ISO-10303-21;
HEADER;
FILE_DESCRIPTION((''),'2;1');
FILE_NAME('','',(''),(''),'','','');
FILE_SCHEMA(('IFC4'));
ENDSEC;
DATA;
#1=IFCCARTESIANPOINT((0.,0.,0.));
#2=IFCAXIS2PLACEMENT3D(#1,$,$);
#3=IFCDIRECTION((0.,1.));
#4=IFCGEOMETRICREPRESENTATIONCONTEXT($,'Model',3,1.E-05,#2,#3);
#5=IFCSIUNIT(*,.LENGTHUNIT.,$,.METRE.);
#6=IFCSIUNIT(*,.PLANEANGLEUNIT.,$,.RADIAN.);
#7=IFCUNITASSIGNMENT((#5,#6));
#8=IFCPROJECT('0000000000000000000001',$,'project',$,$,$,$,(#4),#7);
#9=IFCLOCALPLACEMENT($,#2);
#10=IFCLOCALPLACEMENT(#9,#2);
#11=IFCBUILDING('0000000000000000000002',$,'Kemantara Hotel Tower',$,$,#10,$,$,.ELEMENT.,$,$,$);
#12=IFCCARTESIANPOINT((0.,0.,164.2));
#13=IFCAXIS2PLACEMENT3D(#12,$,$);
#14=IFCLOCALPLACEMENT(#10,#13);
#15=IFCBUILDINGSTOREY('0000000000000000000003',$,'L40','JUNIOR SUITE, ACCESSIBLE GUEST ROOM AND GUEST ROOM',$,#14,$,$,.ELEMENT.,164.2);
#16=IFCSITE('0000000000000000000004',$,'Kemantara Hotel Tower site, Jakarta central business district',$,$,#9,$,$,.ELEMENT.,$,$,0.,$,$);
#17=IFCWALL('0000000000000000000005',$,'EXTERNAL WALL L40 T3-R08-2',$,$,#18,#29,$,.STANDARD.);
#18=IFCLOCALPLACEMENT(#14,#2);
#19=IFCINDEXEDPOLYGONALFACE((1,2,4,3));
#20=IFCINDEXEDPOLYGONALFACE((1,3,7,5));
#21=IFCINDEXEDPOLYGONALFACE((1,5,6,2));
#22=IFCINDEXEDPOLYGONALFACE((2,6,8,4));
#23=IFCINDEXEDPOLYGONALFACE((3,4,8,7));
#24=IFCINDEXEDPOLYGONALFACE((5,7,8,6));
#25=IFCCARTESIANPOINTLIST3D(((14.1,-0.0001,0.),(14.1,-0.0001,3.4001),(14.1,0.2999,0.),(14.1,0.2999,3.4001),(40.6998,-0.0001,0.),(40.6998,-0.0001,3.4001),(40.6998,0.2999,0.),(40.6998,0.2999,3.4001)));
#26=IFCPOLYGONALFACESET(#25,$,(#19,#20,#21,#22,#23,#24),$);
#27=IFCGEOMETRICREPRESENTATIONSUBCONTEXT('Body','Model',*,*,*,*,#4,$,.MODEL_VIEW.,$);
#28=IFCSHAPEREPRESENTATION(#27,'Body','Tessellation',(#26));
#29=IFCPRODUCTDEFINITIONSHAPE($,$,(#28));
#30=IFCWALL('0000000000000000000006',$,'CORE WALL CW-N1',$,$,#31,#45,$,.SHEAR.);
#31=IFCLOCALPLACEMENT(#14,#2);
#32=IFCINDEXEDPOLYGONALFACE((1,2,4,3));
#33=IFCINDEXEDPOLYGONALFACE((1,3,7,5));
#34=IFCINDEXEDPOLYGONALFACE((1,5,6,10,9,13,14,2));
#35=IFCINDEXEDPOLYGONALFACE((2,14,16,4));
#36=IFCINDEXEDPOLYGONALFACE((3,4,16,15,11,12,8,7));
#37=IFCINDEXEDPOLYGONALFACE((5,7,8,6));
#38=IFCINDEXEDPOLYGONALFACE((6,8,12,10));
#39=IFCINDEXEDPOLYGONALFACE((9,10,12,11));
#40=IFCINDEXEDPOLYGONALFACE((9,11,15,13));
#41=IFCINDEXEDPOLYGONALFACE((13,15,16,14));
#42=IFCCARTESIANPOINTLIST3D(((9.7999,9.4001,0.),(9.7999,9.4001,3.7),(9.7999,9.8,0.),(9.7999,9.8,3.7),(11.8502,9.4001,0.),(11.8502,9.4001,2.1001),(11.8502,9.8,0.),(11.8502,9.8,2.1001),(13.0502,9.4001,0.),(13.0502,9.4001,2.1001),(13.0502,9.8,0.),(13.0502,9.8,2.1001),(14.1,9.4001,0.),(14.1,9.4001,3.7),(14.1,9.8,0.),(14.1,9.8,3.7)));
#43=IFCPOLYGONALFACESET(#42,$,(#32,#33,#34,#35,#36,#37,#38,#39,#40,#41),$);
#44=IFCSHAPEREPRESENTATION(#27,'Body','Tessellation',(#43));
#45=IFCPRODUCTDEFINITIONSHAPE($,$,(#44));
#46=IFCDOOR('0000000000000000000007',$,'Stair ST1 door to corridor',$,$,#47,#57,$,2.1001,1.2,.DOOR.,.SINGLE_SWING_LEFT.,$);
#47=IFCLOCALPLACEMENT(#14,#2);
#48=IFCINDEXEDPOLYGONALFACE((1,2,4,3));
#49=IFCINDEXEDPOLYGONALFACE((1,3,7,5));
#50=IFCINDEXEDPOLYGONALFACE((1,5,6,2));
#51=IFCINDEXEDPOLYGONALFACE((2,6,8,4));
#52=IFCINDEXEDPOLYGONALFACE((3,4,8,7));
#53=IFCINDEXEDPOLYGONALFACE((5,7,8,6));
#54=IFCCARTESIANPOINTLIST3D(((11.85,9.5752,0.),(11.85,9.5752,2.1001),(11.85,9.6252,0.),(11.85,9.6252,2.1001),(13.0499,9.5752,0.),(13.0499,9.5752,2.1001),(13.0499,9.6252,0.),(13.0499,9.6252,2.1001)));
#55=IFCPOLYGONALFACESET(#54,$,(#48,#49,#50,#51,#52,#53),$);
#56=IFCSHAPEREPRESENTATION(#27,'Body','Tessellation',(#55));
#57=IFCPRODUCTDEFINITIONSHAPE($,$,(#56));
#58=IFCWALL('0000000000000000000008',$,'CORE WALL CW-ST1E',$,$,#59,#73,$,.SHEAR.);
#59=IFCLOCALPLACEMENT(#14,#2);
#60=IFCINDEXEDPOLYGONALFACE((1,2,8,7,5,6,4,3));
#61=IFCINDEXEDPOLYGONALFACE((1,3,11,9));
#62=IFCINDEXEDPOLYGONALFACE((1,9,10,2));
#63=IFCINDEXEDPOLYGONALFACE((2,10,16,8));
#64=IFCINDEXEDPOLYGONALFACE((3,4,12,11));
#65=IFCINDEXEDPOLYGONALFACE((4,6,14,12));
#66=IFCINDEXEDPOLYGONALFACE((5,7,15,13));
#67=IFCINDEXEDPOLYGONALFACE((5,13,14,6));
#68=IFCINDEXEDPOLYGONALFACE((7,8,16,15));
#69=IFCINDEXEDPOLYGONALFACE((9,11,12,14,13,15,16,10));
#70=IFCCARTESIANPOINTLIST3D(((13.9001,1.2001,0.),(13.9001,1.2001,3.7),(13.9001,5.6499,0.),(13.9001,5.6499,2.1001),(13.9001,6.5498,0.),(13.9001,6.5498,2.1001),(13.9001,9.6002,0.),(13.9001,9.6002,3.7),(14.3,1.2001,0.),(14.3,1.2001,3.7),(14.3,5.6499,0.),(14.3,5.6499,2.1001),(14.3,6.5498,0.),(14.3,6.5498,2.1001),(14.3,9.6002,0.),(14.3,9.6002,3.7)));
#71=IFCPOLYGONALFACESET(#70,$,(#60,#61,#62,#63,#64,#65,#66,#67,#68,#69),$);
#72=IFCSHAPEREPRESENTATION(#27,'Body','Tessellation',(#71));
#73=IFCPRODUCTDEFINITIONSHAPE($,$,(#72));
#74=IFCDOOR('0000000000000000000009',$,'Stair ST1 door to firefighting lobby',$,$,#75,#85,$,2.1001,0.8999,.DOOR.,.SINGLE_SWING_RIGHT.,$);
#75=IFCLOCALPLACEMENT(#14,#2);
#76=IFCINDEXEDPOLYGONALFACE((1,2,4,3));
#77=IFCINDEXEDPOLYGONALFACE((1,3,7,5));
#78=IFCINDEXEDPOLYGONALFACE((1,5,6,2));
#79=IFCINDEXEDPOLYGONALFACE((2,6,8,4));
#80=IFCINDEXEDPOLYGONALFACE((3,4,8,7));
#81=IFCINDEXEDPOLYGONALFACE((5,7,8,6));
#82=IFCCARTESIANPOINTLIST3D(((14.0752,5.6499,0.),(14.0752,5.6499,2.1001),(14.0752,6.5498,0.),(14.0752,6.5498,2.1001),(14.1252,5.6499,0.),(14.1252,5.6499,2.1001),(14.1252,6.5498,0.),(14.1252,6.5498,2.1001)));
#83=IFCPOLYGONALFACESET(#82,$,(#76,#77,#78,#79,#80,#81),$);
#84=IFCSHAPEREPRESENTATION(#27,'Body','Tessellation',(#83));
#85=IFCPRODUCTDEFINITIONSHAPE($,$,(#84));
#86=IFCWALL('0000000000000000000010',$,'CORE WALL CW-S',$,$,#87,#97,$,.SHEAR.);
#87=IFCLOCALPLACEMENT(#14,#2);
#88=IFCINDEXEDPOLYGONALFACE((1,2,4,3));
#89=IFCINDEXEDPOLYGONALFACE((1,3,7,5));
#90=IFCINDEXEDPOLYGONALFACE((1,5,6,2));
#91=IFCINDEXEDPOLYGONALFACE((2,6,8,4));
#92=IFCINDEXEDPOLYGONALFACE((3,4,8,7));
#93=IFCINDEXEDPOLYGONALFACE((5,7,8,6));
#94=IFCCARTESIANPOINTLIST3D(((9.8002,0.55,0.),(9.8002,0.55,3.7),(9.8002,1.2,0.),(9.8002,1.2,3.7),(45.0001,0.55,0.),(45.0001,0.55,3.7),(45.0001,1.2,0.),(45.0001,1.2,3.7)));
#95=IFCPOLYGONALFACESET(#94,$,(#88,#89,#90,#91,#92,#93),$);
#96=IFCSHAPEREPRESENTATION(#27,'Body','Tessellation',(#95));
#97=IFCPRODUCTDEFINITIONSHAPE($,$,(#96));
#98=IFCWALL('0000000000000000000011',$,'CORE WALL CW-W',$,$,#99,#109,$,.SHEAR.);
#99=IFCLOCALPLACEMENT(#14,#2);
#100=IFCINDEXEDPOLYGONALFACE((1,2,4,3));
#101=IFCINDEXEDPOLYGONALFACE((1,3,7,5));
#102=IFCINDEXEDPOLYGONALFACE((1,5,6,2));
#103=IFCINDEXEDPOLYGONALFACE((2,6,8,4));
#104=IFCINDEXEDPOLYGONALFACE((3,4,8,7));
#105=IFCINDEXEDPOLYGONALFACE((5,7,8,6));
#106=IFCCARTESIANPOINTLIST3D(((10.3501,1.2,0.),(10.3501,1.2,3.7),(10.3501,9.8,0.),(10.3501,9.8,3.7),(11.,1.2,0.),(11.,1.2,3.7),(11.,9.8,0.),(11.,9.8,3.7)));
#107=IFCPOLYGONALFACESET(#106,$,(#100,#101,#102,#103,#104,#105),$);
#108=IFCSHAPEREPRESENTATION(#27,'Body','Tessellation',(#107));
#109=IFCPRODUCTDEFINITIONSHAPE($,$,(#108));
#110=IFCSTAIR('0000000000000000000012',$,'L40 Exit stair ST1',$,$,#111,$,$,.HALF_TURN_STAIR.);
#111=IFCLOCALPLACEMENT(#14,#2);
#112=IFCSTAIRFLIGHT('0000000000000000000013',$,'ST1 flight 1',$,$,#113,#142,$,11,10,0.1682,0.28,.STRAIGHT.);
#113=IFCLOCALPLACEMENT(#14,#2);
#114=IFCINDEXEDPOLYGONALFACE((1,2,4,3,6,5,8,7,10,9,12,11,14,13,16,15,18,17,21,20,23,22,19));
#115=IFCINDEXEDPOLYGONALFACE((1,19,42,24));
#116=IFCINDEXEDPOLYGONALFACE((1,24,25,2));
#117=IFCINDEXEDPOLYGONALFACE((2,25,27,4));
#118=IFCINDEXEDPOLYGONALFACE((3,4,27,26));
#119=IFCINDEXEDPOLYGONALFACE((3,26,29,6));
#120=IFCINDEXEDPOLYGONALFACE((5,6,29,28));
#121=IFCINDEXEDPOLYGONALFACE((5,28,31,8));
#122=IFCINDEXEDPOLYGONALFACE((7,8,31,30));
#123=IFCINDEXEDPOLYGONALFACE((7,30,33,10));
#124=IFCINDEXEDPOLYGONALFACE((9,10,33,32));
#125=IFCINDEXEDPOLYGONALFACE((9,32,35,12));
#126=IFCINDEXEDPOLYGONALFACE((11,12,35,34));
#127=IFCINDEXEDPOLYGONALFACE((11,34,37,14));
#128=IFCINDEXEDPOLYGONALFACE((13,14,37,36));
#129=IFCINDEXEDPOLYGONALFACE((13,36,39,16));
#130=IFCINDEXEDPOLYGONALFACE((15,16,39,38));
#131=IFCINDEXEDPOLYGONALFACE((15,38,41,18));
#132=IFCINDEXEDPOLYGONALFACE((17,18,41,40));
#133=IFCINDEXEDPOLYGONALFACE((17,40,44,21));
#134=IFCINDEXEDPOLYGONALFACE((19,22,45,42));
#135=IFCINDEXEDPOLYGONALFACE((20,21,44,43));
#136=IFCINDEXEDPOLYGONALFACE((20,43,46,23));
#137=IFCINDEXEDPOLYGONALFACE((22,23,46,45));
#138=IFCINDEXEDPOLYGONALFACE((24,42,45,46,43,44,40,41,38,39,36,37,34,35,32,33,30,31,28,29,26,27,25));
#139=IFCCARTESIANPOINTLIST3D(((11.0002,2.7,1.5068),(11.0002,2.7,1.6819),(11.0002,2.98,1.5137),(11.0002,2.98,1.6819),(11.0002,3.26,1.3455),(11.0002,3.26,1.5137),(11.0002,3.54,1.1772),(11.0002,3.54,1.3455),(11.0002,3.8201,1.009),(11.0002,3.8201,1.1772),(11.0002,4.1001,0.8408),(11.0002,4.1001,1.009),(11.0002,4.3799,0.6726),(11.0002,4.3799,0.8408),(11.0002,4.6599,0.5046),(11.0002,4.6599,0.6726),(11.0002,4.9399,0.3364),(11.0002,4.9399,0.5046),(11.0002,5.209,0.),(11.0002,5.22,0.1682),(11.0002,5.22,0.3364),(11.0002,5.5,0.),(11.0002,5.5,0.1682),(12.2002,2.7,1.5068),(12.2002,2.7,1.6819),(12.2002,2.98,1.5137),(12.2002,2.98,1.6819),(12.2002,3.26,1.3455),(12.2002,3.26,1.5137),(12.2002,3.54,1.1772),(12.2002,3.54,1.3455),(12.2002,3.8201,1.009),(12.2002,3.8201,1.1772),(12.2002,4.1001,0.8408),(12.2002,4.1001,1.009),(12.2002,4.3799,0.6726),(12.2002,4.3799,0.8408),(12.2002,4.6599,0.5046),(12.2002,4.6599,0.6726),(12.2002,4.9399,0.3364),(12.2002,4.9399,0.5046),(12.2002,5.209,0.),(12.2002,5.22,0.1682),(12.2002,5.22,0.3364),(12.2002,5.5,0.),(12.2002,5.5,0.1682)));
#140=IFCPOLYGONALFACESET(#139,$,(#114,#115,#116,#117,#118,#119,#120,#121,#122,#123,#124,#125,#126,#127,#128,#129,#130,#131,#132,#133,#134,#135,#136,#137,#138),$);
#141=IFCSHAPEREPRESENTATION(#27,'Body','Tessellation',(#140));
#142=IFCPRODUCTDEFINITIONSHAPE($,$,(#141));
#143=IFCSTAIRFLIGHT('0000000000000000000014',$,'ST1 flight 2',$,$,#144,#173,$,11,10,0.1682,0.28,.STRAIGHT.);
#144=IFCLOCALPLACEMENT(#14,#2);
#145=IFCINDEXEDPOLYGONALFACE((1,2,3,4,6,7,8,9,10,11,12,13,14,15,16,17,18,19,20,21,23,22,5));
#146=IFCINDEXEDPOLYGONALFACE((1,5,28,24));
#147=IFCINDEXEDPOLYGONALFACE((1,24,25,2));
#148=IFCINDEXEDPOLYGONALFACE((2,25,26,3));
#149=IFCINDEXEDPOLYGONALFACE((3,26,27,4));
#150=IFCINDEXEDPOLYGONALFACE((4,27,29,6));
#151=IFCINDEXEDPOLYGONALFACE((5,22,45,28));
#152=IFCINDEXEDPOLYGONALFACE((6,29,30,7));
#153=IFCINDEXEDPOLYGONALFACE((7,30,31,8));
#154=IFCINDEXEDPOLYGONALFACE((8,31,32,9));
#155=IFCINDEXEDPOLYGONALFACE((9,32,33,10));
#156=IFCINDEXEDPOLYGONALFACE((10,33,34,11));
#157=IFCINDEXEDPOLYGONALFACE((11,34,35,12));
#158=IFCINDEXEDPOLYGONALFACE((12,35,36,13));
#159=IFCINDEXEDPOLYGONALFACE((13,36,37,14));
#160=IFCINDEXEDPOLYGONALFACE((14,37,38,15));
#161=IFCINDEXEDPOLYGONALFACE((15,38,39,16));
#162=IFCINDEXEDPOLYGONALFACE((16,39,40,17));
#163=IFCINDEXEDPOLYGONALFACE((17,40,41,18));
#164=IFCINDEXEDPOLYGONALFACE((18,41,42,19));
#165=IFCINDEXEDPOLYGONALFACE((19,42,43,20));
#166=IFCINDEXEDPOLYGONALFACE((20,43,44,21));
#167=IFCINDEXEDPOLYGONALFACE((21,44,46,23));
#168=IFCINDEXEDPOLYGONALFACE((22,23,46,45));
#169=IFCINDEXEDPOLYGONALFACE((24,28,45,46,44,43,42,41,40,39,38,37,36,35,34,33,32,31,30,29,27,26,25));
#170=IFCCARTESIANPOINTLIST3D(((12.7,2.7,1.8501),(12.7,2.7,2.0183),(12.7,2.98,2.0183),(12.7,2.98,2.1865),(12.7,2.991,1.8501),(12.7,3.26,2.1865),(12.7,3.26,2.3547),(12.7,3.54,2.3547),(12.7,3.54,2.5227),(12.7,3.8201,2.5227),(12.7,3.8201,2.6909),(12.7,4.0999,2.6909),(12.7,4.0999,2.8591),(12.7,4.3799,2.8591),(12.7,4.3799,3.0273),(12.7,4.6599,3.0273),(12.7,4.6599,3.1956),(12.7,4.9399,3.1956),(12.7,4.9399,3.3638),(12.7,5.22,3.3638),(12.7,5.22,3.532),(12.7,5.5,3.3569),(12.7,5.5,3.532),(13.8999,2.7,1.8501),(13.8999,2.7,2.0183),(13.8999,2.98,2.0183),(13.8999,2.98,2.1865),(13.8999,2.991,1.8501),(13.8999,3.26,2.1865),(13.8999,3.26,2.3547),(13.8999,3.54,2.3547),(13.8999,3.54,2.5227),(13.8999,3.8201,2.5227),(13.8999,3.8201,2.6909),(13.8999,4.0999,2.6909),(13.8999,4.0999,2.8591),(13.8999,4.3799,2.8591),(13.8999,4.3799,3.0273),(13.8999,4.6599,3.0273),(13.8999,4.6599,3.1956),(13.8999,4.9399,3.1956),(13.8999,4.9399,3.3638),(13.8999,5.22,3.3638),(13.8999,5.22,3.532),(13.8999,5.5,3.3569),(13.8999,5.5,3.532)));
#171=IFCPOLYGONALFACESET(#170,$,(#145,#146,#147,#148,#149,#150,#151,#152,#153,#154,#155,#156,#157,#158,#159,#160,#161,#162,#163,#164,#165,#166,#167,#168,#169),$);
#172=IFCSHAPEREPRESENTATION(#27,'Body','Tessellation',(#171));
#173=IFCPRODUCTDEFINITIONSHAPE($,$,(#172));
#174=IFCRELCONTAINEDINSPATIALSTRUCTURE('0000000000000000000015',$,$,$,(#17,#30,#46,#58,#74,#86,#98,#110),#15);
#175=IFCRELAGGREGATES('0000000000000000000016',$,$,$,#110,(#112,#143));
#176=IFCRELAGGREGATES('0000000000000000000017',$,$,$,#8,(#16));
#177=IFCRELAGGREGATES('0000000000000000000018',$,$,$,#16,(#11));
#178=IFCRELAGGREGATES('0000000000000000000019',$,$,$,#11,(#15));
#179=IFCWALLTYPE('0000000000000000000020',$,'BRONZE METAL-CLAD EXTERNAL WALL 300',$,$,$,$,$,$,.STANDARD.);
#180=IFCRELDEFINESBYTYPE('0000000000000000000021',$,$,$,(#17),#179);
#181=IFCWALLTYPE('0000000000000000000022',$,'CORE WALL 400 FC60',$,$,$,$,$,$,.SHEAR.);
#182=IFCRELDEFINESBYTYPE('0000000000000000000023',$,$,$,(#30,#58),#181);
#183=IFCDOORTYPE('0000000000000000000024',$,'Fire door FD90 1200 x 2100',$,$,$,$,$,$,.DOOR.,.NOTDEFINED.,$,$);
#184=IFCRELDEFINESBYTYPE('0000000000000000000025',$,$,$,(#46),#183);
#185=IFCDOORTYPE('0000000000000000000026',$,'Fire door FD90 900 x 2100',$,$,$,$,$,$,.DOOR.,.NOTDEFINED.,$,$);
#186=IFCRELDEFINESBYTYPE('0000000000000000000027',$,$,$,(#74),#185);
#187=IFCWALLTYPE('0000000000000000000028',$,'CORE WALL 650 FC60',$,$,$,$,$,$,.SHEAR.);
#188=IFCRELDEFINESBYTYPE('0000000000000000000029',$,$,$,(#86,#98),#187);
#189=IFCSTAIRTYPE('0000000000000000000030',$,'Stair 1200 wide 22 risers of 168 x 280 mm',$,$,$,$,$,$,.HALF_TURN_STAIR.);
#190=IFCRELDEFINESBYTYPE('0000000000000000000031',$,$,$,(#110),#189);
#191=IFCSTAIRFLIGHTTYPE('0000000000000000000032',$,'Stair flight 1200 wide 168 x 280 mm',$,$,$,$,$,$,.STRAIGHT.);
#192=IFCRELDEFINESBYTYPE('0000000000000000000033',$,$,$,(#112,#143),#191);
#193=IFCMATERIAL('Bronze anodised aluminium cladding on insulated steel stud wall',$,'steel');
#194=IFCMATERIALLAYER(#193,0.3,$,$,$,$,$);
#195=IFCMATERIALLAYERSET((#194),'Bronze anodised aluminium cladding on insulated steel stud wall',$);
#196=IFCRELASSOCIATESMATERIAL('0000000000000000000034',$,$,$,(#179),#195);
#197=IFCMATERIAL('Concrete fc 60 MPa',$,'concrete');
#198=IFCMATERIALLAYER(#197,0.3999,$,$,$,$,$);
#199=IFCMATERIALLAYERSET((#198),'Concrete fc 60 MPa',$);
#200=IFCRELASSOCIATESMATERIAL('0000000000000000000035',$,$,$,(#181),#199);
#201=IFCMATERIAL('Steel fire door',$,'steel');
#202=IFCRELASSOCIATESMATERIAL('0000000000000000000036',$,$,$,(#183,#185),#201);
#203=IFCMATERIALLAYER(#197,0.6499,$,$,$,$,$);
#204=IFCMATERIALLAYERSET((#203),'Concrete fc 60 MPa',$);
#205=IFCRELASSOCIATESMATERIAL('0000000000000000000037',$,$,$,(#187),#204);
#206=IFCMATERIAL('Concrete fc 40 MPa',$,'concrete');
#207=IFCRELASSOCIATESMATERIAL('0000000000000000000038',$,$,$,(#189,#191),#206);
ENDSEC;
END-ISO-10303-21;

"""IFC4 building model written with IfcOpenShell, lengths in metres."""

from ifc_helpers import new_model, si_unit, direction, frame, frame_2d, origin, place, context, subcontext, project, spatial, polyline, rectangle, outline, extrude, material, layer, layer_set, type_object, element, fill, aggregate, save


model = new_model("IFC4")

# Units and contexts
model_context = context("Model", 3, precision=1e-05, world=origin(), true_north=direction((0.0, 1.0)))
body_context = subcontext(model_context, "Body", "Model", "MODEL_VIEW")
ifc_project = project(units=[si_unit("LENGTHUNIT", "METRE"), si_unit("PLANEANGLEUNIT", "RADIAN")], contexts=[model_context])

# Site, building, storey
site_placement = place(None, origin())
site = spatial("IfcSite", under=ifc_project, at=site_placement, Name="Kemantara Hotel Tower site, Jakarta central business district", CompositionType="ELEMENT", RefElevation=0.0)
building_placement = place(site_placement, origin())
building = spatial("IfcBuilding", under=site, at=building_placement, Name="Kemantara Hotel Tower", CompositionType="ELEMENT")
storey_placement = place(building_placement, frame((0.0, 0.0, 164.2)))
storey = spatial("IfcBuildingStorey", under=building, at=storey_placement, Name="L40", Description="JUNIOR SUITE, ACCESSIBLE GUEST ROOM AND GUEST ROOM", CompositionType="ELEMENT", Elevation=164.2)

# Wall
ifc_material_1 = material(Name="Bronze anodised aluminium cladding on insulated steel stud wall", Category="steel")
ifc_layer_1 = layer(ifc_material_1, 0.3)
ifc_layer_set_1 = layer_set([ifc_layer_1], Name="Bronze anodised aluminium cladding on insulated steel stud wall")
wall_type_1 = type_object("IfcWallType", Name="BRONZE METAL-CLAD EXTERNAL WALL 300", PredefinedType="STANDARD", material=ifc_layer_set_1)
wall_1_placement = place(storey_placement, frame((14.1001, 0.1499, 0.0), z_axis=(0.0, 0.0, 1.0), x_axis=(1.0, 0.0, 0.0)))
element("IfcWall", 1, at=wall_1_placement, inside=storey, type_object=wall_type_1, Name="EXTERNAL WALL L40 T3-R08-2", PredefinedType="STANDARD", context=body_context, shape_type="SweptSolid", body=[
    extrude(rectangle(XDim=26.5999, YDim=0.3, at=frame_2d((13.2998, 0.0))), origin(), (0.0, 0.0, 1.0), 3.4001),
])

# Walls, openings, doors
ifc_material_2 = material(Name="Concrete fc 60 MPa", Category="concrete")
ifc_layer_2 = layer(ifc_material_2, 0.3999)
ifc_layer_set_2 = layer_set([ifc_layer_2], Name="Concrete fc 60 MPa")
wall_type_2 = type_object("IfcWallType", Name="CORE WALL 400 FC60", PredefinedType="SHEAR", material=ifc_layer_set_2)
wall_2_placement = place(storey_placement, frame((9.8, 9.6001, 0.0), z_axis=(0.0, 0.0, 1.0), x_axis=(1.0, 0.0, 0.0)))
wall_2 = element("IfcWall", 2, at=wall_2_placement, inside=storey, type_object=wall_type_2, Name="CORE WALL CW-N1", PredefinedType="SHEAR", context=body_context, shape_type="SweptSolid", body=[
    extrude(rectangle(XDim=4.3, YDim=0.3999, at=frame_2d((2.1499, 0.0))), origin(), (0.0, 0.0, 1.0), 3.7),
])
opening_1_placement = place(wall_2_placement, frame((2.05, 0.0, 0.0)))
opening_1 = element("IfcOpeningElement", 3, at=opening_1_placement, cuts=wall_2, PredefinedType="OPENING", context=body_context, shape_type="SweptSolid", body=[
    extrude(rectangle(XDim=1.2, YDim=2.1001, at=frame_2d((0.6001, 1.05))), frame((0.0, 0.21, 0.0), z_axis=(0.0, -1.0, 0.0), x_axis=(1.0, 0.0, 0.0)), (0.0, 0.0, 1.0), 0.4199),
])
ifc_material_3 = material(Name="Steel fire door", Category="steel")
door_type_1 = type_object("IfcDoorType", Name="Fire door FD90 1200 x 2100", OperationType="NOTDEFINED", PredefinedType="DOOR", material=ifc_material_3)
door_1_placement = place(opening_1_placement, frame((1.2, 0.0, 0.0), z_axis=(0.0, 0.0, 1.0), x_axis=(-1.0, 0.0, 0.0)))
door_1 = element("IfcDoor", 4, at=door_1_placement, inside=storey, type_object=door_type_1, Name="Stair ST1 door to corridor", OperationType="SINGLE_SWING_LEFT", OverallHeight=2.1001, OverallWidth=1.2, PredefinedType="DOOR", context=body_context, shape_type="SweptSolid", body=[
    extrude(rectangle(XDim=1.2, YDim=2.1001, at=frame_2d((0.6001, 1.05))), frame((0.0, 0.0249, 0.0), z_axis=(0.0, -1.0, 0.0), x_axis=(1.0, 0.0, 0.0)), (0.0, 0.0, 1.0), 0.05),
])
fill(opening_1, door_1)
wall_3_placement = place(storey_placement, frame((14.1001, 1.2, 0.0), z_axis=(0.0, 0.0, 1.0), x_axis=(0.0, 1.0, 0.0)))
wall_3 = element("IfcWall", 5, at=wall_3_placement, inside=storey, type_object=wall_type_2, Name="CORE WALL CW-ST1E", PredefinedType="SHEAR", context=body_context, shape_type="SweptSolid", body=[
    extrude(rectangle(XDim=8.4001, YDim=0.3999, at=frame_2d((4.2002, 0.0))), origin(), (0.0, 0.0, 1.0), 3.7),
])
opening_2_placement = place(wall_3_placement, frame((4.45, 0.0, 0.0)))
opening_2 = element("IfcOpeningElement", 6, at=opening_2_placement, cuts=wall_3, PredefinedType="OPENING", context=body_context, shape_type="SweptSolid", body=[
    extrude(rectangle(XDim=0.8999, YDim=2.1001, at=frame_2d((0.45, 1.05))), frame((0.0, 0.21, 0.0), z_axis=(0.0, -1.0, 0.0), x_axis=(1.0, 0.0, 0.0)), (0.0, 0.0, 1.0), 0.4199),
])
door_type_2 = type_object("IfcDoorType", Name="Fire door FD90 900 x 2100", OperationType="NOTDEFINED", PredefinedType="DOOR", material=ifc_material_3)
door_2_placement = place(opening_2_placement, origin())
door_2 = element("IfcDoor", 7, at=door_2_placement, inside=storey, type_object=door_type_2, Name="Stair ST1 door to firefighting lobby", OperationType="SINGLE_SWING_RIGHT", OverallHeight=2.1001, OverallWidth=0.8999, PredefinedType="DOOR", context=body_context, shape_type="SweptSolid", body=[
    extrude(rectangle(XDim=0.8999, YDim=2.1001, at=frame_2d((0.45, 1.05))), frame((0.0, 0.0249, 0.0), z_axis=(0.0, -1.0, 0.0), x_axis=(1.0, 0.0, 0.0)), (0.0, 0.0, 1.0), 0.05),
])
fill(opening_2, door_2)

# Walls
ifc_layer_3 = layer(ifc_material_2, 0.6499)
ifc_layer_set_3 = layer_set([ifc_layer_3], Name="Concrete fc 60 MPa")
wall_type_3 = type_object("IfcWallType", Name="CORE WALL 650 FC60", PredefinedType="SHEAR", material=ifc_layer_set_3)
wall_4_placement = place(storey_placement, frame((9.8, 0.875, 0.0), z_axis=(0.0, 0.0, 1.0), x_axis=(1.0, 0.0, 0.0)))
element("IfcWall", 8, at=wall_4_placement, inside=storey, type_object=wall_type_3, Name="CORE WALL CW-S", PredefinedType="SHEAR", context=body_context, shape_type="SweptSolid", body=[
    extrude(rectangle(XDim=35.2, YDim=0.6499, at=frame_2d((17.6001, 0.0))), origin(), (0.0, 0.0, 1.0), 3.7),
])
wall_5_placement = place(storey_placement, frame((10.675, 1.2, 0.0), z_axis=(0.0, 0.0, 1.0), x_axis=(0.0, 1.0, 0.0)))
element("IfcWall", 9, at=wall_5_placement, inside=storey, type_object=wall_type_3, Name="CORE WALL CW-W", PredefinedType="SHEAR", context=body_context, shape_type="SweptSolid", body=[
    extrude(rectangle(XDim=8.6001, YDim=0.6499, at=frame_2d((4.3, 0.0))), origin(), (0.0, 0.0, 1.0), 3.7),
])

# Stair, stair flights
ifc_material_4 = material(Name="Concrete fc 40 MPa", Category="concrete")
stair_type = type_object("IfcStairType", Name="Stair 1200 wide 22 risers of 168 x 280 mm", PredefinedType="HALF_TURN_STAIR", material=ifc_material_4)
stair_placement = place(storey_placement, origin())
stair = element("IfcStair", 10, at=stair_placement, inside=storey, type_object=stair_type, Name="L40 Exit stair ST1", PredefinedType="HALF_TURN_STAIR")
stair_flight_type = type_object("IfcStairFlightType", Name="Stair flight 1200 wide 168 x 280 mm", PredefinedType="STRAIGHT", material=ifc_material_4)
stair_flight_1_placement = place(storey_placement, frame((11.6001, 5.5, 0.0), z_axis=(0.0, 0.0, 1.0), x_axis=(0.0, -1.0, 0.0)))
stair_flight_1 = element("IfcStairFlight", 11, at=stair_flight_1_placement, type_object=stair_flight_type, Name="ST1 flight 1", NumberOfRisers=11, NumberOfTreads=10, PredefinedType="STRAIGHT", RiserHeight=0.1682, TreadLength=0.28, context=body_context, shape_type="SweptSolid", body=[
    extrude(outline(polyline([(0.0, 0.0), (0.0, 0.1682), (0.28, 0.1682), (0.28, 0.3364), (0.5601, 0.3364), (0.5601, 0.5046), (0.8401, 0.5046), (0.8401, 0.6726), (1.1201, 0.6726), (1.1201, 0.8408), (1.3999, 0.8408), (1.3999, 1.009), (1.6799, 1.009), (1.6799, 1.1772), (1.96, 1.1772), (1.96, 1.3455), (2.24, 1.3455), (2.24, 1.5137), (2.52, 1.5137), (2.52, 1.6819), (2.8, 1.6819), (2.8, 1.8501), (2.8, 1.5068), (0.291, 0.0), (0.0, 0.0)])), frame((0.0, 0.6001, 0.0), z_axis=(0.0, -1.0, 0.0), x_axis=(1.0, 0.0, 0.0)), (0.0, 0.0, 1.0), 1.2),
])
stair_flight_2_placement = place(storey_placement, frame((13.3, 2.7, 1.8501), z_axis=(0.0, 0.0, 1.0), x_axis=(0.0, 1.0, 0.0)))
stair_flight_2 = element("IfcStairFlight", 12, at=stair_flight_2_placement, type_object=stair_flight_type, Name="ST1 flight 2", NumberOfRisers=11, NumberOfTreads=10, PredefinedType="STRAIGHT", RiserHeight=0.1682, TreadLength=0.28, context=body_context, shape_type="SweptSolid", body=[
    extrude(outline(polyline([(0.0, 0.0), (0.0, 0.1682), (0.28, 0.1682), (0.28, 0.3364), (0.5601, 0.3364), (0.5601, 0.5046), (0.8401, 0.5046), (0.8401, 0.6726), (1.1201, 0.6726), (1.1201, 0.8408), (1.3999, 0.8408), (1.3999, 1.009), (1.6799, 1.009), (1.6799, 1.1772), (1.96, 1.1772), (1.96, 1.3455), (2.24, 1.3455), (2.24, 1.5137), (2.52, 1.5137), (2.52, 1.6819), (2.8, 1.6819), (2.8, 1.8501), (2.8, 1.5068), (0.291, 0.0), (0.0, 0.0)])), frame((0.0, 0.6001, 0.0), z_axis=(0.0, -1.0, 0.0), x_axis=(1.0, 0.0, 0.0)), (0.0, 0.0, 1.0), 1.2),
])
aggregate(stair, [stair_flight_1, stair_flight_2])

save(model, "model.ifc")
